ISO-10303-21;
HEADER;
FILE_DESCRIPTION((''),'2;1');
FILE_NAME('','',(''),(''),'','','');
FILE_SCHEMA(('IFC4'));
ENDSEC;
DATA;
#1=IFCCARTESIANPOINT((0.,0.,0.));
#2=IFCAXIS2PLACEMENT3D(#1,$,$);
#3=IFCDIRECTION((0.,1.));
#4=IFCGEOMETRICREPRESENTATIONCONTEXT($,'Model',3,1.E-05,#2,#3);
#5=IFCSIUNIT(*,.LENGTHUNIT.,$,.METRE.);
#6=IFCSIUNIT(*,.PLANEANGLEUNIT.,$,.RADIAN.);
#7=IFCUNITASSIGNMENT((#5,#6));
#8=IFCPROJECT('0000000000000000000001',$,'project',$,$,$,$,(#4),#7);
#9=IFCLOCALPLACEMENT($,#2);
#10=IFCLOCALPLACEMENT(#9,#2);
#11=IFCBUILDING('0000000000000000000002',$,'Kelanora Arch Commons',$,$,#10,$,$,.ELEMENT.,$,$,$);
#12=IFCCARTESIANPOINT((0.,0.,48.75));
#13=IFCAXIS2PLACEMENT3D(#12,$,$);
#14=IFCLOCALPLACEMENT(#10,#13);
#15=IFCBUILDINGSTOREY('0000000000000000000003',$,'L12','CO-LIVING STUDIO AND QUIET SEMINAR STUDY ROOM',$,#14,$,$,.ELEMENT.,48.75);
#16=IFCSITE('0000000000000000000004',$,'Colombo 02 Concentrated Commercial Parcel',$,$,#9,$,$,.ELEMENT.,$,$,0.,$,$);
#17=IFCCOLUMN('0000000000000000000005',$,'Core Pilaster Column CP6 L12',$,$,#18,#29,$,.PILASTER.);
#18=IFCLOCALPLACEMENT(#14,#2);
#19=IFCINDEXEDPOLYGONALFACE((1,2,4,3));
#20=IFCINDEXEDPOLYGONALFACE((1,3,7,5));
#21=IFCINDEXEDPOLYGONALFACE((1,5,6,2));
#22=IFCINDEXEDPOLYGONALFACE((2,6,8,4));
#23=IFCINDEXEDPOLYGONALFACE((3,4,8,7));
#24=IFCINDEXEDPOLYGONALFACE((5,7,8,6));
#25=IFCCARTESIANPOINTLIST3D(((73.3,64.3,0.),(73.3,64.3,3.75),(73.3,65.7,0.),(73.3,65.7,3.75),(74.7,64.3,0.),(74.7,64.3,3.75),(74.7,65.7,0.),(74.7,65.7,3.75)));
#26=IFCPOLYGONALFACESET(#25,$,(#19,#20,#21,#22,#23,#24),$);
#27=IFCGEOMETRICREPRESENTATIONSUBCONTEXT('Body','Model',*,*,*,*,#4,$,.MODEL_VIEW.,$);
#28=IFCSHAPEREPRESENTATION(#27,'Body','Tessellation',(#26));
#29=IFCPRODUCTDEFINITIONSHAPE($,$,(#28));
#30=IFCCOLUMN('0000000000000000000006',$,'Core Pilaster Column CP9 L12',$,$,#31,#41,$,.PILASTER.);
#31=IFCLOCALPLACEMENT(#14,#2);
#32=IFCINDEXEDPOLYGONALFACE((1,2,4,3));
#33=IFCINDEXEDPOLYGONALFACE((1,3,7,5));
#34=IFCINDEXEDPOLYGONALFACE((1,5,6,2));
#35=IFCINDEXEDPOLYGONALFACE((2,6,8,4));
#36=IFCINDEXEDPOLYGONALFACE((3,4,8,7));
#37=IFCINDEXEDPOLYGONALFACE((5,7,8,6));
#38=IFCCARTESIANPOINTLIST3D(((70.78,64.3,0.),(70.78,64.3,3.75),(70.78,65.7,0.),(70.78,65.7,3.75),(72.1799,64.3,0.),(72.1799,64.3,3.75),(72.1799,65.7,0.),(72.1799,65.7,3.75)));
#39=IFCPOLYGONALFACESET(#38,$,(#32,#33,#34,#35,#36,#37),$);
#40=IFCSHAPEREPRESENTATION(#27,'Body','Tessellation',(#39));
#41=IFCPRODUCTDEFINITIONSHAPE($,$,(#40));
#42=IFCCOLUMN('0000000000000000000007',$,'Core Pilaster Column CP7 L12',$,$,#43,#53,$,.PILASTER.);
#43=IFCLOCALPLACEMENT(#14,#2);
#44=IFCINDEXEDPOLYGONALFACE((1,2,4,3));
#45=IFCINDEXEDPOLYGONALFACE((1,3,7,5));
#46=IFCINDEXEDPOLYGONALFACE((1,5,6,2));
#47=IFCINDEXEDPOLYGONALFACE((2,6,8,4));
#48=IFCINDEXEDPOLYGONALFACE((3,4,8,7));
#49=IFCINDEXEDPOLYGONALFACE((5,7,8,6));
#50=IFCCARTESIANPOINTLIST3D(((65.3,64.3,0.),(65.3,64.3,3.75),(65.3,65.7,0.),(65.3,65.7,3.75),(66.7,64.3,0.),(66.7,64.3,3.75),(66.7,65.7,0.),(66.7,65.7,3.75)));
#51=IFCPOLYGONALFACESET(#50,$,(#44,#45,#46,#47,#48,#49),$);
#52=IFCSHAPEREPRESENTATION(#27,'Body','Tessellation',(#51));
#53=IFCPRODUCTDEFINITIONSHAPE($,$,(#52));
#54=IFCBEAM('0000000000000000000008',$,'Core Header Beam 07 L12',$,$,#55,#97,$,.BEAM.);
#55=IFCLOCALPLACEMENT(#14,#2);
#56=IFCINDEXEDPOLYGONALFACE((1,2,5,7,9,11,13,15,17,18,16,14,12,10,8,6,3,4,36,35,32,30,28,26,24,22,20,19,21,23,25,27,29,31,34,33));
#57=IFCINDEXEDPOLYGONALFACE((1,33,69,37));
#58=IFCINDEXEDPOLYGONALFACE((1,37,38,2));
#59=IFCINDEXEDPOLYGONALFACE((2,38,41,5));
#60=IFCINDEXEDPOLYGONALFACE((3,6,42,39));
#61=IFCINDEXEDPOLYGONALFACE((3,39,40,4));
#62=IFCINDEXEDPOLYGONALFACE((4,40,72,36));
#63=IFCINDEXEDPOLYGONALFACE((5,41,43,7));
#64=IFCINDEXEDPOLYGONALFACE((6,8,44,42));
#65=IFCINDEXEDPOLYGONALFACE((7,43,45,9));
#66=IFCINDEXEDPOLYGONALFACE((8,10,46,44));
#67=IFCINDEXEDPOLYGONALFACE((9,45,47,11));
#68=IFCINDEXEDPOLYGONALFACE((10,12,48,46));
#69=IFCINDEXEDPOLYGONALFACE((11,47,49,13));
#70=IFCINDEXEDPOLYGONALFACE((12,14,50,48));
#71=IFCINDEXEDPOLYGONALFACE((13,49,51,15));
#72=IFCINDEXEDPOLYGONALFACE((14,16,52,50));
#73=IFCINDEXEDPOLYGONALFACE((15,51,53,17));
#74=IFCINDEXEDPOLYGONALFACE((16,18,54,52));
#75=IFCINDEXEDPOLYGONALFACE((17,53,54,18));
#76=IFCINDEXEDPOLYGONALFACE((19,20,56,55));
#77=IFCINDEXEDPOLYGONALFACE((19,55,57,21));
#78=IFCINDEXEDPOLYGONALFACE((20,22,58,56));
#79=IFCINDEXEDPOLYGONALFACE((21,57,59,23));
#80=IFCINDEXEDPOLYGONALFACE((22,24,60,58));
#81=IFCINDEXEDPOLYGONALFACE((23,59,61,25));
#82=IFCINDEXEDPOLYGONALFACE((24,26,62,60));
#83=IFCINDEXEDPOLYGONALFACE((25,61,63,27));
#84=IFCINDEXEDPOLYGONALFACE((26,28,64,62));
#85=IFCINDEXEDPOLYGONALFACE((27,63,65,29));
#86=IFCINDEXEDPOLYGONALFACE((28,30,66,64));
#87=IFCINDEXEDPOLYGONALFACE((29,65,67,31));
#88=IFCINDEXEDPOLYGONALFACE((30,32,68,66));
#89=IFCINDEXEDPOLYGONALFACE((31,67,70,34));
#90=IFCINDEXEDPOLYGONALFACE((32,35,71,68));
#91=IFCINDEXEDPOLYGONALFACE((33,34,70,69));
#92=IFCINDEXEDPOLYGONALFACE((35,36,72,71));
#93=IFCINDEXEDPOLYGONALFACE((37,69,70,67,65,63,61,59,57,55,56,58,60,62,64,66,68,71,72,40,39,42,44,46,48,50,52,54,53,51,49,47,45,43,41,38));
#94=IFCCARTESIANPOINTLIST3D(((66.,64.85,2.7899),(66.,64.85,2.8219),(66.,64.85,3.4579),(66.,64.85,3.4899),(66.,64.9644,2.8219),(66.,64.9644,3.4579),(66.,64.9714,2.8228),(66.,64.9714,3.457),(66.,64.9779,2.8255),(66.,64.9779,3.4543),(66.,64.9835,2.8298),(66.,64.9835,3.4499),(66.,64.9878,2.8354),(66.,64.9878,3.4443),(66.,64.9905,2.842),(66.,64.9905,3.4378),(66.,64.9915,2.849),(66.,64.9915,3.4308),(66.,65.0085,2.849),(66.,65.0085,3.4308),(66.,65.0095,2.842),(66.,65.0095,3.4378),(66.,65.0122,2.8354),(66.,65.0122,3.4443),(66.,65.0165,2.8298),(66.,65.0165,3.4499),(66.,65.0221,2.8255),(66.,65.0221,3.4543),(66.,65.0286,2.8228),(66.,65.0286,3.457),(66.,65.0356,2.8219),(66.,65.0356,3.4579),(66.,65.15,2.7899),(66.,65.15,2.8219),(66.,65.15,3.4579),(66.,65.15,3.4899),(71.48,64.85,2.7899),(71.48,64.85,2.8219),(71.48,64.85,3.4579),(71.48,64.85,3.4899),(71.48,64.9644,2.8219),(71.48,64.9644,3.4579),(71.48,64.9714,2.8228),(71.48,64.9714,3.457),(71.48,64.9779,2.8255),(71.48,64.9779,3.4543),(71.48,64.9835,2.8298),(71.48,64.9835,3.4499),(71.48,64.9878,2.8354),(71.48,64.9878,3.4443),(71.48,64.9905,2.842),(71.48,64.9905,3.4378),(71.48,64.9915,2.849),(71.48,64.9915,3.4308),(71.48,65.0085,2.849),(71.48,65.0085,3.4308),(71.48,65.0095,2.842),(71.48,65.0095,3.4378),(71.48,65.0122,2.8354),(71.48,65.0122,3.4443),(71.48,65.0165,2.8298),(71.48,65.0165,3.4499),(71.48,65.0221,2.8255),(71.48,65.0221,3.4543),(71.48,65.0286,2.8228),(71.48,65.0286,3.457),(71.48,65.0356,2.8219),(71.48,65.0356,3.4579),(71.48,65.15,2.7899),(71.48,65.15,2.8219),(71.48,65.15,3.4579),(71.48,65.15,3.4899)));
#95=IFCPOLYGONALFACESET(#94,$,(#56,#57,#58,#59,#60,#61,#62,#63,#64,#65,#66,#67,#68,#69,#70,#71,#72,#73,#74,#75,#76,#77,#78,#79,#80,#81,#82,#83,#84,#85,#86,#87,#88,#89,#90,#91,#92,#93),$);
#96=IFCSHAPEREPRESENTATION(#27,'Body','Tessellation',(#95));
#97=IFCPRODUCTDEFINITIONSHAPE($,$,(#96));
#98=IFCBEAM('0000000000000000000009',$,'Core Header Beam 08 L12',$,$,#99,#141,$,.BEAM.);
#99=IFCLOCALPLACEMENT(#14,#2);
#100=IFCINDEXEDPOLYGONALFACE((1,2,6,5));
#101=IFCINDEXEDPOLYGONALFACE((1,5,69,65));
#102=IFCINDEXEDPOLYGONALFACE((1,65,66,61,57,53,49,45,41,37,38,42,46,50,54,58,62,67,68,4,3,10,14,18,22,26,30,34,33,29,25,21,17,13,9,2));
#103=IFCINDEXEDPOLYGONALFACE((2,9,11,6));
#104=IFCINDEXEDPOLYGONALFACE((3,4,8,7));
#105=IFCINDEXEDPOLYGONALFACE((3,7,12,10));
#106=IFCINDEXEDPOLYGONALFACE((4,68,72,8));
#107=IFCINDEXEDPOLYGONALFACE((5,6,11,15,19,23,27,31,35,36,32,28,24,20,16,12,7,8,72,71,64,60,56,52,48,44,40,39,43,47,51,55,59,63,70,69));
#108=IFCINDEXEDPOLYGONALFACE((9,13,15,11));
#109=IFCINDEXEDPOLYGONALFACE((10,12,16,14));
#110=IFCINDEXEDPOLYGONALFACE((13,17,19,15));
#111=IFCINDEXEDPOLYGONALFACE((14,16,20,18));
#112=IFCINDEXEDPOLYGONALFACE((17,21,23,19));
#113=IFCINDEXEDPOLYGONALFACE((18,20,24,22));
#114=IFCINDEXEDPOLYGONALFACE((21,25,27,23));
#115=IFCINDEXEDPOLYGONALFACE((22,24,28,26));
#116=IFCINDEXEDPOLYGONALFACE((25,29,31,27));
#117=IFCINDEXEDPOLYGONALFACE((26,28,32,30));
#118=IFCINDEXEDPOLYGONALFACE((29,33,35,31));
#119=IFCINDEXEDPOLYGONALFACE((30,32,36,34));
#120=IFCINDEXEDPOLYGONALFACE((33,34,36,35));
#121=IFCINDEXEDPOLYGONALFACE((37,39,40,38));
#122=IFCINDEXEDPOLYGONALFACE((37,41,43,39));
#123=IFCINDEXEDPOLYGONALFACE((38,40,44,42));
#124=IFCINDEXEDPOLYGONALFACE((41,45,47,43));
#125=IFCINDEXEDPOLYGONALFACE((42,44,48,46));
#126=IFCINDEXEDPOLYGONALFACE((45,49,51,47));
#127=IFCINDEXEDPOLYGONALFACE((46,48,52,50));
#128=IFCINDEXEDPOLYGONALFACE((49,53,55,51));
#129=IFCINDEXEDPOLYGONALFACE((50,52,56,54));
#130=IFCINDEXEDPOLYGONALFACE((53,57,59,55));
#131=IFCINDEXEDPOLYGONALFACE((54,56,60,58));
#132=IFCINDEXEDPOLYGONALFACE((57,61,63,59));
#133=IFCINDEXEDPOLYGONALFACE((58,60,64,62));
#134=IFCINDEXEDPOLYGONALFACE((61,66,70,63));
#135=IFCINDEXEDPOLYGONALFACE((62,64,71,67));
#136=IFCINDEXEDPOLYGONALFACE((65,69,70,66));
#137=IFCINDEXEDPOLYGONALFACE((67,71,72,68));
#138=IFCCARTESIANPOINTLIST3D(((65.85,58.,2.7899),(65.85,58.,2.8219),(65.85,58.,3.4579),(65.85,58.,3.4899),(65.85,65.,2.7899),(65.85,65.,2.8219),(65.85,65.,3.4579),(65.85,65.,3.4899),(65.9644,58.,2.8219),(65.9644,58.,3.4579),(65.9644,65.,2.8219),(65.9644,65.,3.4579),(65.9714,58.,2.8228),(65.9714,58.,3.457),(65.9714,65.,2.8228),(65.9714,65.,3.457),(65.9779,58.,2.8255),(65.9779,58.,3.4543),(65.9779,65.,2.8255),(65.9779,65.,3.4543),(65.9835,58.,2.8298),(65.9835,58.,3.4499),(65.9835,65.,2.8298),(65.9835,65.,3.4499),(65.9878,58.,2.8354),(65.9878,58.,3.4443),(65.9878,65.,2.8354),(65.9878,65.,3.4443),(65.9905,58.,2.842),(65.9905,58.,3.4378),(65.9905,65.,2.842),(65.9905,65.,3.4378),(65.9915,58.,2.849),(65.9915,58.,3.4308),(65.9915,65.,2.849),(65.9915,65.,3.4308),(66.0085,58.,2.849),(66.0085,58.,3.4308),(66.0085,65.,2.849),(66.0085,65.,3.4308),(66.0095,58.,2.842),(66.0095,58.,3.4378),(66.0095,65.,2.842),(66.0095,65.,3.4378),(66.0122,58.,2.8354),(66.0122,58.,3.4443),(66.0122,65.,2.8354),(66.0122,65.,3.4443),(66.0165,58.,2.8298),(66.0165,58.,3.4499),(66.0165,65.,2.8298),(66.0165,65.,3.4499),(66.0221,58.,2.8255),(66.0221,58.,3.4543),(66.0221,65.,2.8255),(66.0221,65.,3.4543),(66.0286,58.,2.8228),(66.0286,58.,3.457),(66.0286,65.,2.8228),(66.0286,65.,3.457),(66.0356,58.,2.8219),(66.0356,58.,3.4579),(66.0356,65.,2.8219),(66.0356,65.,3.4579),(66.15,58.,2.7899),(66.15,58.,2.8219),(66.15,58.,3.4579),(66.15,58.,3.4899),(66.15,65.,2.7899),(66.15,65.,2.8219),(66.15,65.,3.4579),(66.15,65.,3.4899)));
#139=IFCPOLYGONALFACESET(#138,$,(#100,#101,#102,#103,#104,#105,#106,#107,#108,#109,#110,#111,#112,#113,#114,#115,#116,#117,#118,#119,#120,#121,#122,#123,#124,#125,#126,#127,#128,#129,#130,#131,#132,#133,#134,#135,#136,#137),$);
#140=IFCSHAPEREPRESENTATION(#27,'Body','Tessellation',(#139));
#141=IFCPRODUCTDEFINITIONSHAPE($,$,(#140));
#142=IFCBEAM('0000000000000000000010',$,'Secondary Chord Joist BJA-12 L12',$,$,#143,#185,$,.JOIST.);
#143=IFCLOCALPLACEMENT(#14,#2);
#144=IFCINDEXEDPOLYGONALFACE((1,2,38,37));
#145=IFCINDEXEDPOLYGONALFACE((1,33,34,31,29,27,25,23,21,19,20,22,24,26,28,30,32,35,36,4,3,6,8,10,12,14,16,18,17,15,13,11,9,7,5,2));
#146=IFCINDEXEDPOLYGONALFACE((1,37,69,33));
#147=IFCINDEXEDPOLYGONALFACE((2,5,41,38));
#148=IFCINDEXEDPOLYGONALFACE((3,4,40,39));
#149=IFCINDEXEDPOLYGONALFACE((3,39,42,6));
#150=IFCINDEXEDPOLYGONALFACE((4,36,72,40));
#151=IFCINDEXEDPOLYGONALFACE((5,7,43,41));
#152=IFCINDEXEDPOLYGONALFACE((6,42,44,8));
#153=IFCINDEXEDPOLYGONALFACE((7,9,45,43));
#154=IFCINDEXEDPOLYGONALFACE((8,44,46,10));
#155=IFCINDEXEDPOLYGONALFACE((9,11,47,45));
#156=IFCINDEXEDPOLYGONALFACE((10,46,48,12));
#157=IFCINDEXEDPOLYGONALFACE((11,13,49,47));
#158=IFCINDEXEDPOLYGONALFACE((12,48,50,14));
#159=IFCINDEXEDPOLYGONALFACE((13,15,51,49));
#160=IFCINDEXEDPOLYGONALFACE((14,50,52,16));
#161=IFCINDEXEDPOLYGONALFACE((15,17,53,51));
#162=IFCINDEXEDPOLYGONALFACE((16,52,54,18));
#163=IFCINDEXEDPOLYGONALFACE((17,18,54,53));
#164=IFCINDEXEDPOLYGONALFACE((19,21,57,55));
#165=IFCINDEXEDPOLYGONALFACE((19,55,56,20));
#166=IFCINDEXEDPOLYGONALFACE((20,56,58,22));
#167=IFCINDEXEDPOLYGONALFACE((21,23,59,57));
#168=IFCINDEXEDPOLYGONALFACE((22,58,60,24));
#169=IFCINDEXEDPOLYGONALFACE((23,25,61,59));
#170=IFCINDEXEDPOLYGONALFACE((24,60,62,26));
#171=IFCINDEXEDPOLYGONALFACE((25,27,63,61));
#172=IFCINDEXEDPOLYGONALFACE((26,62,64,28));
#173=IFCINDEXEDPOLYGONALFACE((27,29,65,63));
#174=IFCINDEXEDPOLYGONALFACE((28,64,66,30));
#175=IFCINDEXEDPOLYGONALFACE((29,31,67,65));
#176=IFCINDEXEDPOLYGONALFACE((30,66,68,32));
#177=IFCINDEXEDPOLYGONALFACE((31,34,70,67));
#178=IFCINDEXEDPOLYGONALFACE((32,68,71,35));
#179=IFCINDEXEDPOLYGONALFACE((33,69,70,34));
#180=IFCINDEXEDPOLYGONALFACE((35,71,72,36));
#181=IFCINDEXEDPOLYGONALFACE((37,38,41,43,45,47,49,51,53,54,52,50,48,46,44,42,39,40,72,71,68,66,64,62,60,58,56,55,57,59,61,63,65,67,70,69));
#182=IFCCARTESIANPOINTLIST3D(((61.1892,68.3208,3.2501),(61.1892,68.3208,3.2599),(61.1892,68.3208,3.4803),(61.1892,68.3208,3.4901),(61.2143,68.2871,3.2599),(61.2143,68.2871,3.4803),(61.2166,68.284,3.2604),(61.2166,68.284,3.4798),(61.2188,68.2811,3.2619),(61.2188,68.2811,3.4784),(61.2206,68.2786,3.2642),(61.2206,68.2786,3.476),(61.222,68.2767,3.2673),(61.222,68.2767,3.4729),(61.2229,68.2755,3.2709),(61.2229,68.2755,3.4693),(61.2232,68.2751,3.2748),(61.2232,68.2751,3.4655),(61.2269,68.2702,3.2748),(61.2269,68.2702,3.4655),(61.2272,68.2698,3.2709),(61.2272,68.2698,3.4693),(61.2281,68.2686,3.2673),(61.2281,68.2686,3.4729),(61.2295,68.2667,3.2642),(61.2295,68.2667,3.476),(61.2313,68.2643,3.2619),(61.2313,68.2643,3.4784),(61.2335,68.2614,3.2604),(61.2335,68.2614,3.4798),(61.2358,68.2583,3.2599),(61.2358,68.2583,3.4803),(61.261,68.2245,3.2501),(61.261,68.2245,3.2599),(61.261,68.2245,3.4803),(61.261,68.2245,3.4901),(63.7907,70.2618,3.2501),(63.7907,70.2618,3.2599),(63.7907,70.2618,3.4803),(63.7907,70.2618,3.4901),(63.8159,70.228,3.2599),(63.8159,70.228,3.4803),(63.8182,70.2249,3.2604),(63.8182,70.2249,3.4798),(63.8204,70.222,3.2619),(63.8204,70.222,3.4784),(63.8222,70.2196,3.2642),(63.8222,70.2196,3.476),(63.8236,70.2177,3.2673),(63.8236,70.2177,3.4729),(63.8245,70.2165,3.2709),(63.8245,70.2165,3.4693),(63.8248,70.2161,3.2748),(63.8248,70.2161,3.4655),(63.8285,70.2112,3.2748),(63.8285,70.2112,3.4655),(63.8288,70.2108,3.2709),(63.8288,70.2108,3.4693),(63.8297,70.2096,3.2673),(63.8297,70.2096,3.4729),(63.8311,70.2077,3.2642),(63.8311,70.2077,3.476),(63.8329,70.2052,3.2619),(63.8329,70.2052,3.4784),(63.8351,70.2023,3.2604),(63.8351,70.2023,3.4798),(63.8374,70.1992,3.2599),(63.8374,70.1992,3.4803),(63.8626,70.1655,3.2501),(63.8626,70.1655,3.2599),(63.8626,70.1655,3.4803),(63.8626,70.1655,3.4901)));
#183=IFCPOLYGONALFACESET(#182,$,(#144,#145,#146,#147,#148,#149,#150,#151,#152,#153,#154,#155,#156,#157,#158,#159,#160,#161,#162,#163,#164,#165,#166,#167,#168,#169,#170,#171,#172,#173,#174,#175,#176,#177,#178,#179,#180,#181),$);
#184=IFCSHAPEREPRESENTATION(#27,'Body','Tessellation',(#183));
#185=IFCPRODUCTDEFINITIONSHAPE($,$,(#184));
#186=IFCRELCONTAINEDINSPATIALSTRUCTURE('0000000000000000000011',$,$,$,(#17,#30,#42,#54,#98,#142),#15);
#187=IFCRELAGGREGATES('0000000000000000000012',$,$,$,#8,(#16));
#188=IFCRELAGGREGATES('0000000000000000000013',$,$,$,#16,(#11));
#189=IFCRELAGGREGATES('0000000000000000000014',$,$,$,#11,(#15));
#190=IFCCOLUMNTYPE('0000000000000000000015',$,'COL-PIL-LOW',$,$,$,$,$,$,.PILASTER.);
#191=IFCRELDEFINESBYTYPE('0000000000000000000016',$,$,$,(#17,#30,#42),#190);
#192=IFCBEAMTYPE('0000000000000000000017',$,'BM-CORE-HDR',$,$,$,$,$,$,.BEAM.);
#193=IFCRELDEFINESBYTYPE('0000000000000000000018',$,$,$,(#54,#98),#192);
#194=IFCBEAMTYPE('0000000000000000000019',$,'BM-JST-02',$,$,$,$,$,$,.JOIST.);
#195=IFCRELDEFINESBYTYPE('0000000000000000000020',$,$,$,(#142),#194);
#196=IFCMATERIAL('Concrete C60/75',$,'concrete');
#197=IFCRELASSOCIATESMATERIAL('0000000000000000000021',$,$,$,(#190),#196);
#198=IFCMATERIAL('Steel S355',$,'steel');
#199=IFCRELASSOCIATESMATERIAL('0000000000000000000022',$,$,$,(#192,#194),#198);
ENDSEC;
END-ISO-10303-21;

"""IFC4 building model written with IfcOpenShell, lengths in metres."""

from ifc_helpers import new_model, si_unit, direction, frame, origin, origin_2d, place, context, subcontext, project, spatial, rectangle, i_section, extrude, material, material_profile, profile_set, type_object, element, save


model = new_model("IFC4")

# Units and contexts
model_context = context("Model", 3, precision=1e-05, world=origin(), true_north=direction((0.0, 1.0)))
body_context = subcontext(model_context, "Body", "Model", "MODEL_VIEW")
ifc_project = project(units=[si_unit("LENGTHUNIT", "METRE"), si_unit("PLANEANGLEUNIT", "RADIAN")], contexts=[model_context])

# Site, building, storey
site_placement = place(None, origin())
site = spatial("IfcSite", under=ifc_project, at=site_placement, Name="Colombo 02 Concentrated Commercial Parcel", CompositionType="ELEMENT", RefElevation=0.0)
building_placement = place(site_placement, origin())
building = spatial("IfcBuilding", under=site, at=building_placement, Name="Kelanora Arch Commons", CompositionType="ELEMENT")
storey_placement = place(building_placement, frame((0.0, 0.0, 48.75)))
storey = spatial("IfcBuildingStorey", under=building, at=storey_placement, Name="L12", Description="CO-LIVING STUDIO AND QUIET SEMINAR STUDY ROOM", CompositionType="ELEMENT", Elevation=48.75)

# Columns
ifc_material_1 = material(Name="Concrete C60/75", Category="concrete")
ifc_material_profile_1 = material_profile(ifc_material_1, rectangle(XDim=1.3999, YDim=1.3999, at=origin_2d()), Name="RC1400x1400")
ifc_profile_set_1 = profile_set([ifc_material_profile_1], Name="Concrete C60/75")
column_type = type_object("IfcColumnType", Name="COL-PIL-LOW", PredefinedType="PILASTER", material=ifc_profile_set_1)
for number, where, z_axis, x_axis, name in (
    (1, (74.0, 65.0, 0.0), (0.0, 0.0, 1.0), (1.0, 0.0, 0.0), "Core Pilaster Column CP6 L12"),
    (2, (71.48, 65.0, 0.0), (0.0, 0.0, 1.0), (1.0, 0.0, 0.0), "Core Pilaster Column CP9 L12"),
    (3, (66.0, 65.0, 0.0), (0.0, 0.0, 1.0), (1.0, 0.0, 0.0), "Core Pilaster Column CP7 L12"),
):
    element("IfcColumn", number, at=place(storey_placement, frame(where, z_axis=z_axis, x_axis=x_axis)), inside=storey, type_object=column_type, Name=name, PredefinedType="PILASTER", context=body_context, shape_type="SweptSolid", body=[
        extrude(rectangle(XDim=1.3999, YDim=1.3999, at=origin_2d()), origin(), (0.0, 0.0, 1.0), 3.75),
    ])

# Beams
ifc_material_2 = material(Name="Steel S355", Category="steel")
ifc_material_profile_2 = material_profile(ifc_material_2, i_section(OverallWidth=0.3, OverallDepth=0.7, WebThickness=0.0171, FlangeThickness=0.032, FilletRadius=0.0271, at=origin_2d()), Name="HEB700")
ifc_profile_set_2 = profile_set([ifc_material_profile_2], Name="Steel S355")
beam_type_1 = type_object("IfcBeamType", Name="BM-CORE-HDR", PredefinedType="BEAM", material=ifc_profile_set_2)
beam_1_placement = place(storey_placement, frame((71.48, 65.0, 3.1399), z_axis=(-1.0, 0.0, 0.0), x_axis=(0.0, -1.0, 0.0)))
element("IfcBeam", 4, at=beam_1_placement, inside=storey, type_object=beam_type_1, Name="Core Header Beam 07 L12", PredefinedType="BEAM", context=body_context, shape_type="SweptSolid", body=[
    extrude(i_section(OverallWidth=0.3, OverallDepth=0.7, WebThickness=0.0171, FlangeThickness=0.032, FilletRadius=0.0271, at=origin_2d()), origin(), (0.0, 0.0, 1.0), 5.48),
])
beam_2_placement = place(storey_placement, frame((66.0, 65.0, 3.1399), z_axis=(0.0, -1.0, 0.0), x_axis=(1.0, 0.0, 0.0)))
element("IfcBeam", 5, at=beam_2_placement, inside=storey, type_object=beam_type_1, Name="Core Header Beam 08 L12", PredefinedType="BEAM", context=body_context, shape_type="SweptSolid", body=[
    extrude(i_section(OverallWidth=0.3, OverallDepth=0.7, WebThickness=0.0171, FlangeThickness=0.032, FilletRadius=0.0271, at=origin_2d()), origin(), (0.0, 0.0, 1.0), 7.0),
])
ifc_material_profile_3 = material_profile(ifc_material_2, i_section(OverallWidth=0.1201, OverallDepth=0.24, WebThickness=0.0061, FlangeThickness=0.0098, FilletRadius=0.0149, at=origin_2d()), Name="IPE240")
ifc_profile_set_3 = profile_set([ifc_material_profile_3], Name="Steel S355")
beam_type_2 = type_object("IfcBeamType", Name="BM-JST-02", PredefinedType="JOIST", material=ifc_profile_set_3)
beam_3_placement = place(storey_placement, frame((63.8267, 70.2136, 3.3701), z_axis=(-0.801514, -0.597976, 0.0), x_axis=(0.597976, -0.801514, 0.0)))
element("IfcBeam", 6, at=beam_3_placement, inside=storey, type_object=beam_type_2, Name="Secondary Chord Joist BJA-12 L12", PredefinedType="JOIST", context=body_context, shape_type="SweptSolid", body=[
    extrude(i_section(OverallWidth=0.1201, OverallDepth=0.24, WebThickness=0.0061, FlangeThickness=0.0098, FilletRadius=0.0149, at=origin_2d()), origin(), (0.0, 0.0, 1.0), 3.2458),
])

save(model, "model.ifc")
